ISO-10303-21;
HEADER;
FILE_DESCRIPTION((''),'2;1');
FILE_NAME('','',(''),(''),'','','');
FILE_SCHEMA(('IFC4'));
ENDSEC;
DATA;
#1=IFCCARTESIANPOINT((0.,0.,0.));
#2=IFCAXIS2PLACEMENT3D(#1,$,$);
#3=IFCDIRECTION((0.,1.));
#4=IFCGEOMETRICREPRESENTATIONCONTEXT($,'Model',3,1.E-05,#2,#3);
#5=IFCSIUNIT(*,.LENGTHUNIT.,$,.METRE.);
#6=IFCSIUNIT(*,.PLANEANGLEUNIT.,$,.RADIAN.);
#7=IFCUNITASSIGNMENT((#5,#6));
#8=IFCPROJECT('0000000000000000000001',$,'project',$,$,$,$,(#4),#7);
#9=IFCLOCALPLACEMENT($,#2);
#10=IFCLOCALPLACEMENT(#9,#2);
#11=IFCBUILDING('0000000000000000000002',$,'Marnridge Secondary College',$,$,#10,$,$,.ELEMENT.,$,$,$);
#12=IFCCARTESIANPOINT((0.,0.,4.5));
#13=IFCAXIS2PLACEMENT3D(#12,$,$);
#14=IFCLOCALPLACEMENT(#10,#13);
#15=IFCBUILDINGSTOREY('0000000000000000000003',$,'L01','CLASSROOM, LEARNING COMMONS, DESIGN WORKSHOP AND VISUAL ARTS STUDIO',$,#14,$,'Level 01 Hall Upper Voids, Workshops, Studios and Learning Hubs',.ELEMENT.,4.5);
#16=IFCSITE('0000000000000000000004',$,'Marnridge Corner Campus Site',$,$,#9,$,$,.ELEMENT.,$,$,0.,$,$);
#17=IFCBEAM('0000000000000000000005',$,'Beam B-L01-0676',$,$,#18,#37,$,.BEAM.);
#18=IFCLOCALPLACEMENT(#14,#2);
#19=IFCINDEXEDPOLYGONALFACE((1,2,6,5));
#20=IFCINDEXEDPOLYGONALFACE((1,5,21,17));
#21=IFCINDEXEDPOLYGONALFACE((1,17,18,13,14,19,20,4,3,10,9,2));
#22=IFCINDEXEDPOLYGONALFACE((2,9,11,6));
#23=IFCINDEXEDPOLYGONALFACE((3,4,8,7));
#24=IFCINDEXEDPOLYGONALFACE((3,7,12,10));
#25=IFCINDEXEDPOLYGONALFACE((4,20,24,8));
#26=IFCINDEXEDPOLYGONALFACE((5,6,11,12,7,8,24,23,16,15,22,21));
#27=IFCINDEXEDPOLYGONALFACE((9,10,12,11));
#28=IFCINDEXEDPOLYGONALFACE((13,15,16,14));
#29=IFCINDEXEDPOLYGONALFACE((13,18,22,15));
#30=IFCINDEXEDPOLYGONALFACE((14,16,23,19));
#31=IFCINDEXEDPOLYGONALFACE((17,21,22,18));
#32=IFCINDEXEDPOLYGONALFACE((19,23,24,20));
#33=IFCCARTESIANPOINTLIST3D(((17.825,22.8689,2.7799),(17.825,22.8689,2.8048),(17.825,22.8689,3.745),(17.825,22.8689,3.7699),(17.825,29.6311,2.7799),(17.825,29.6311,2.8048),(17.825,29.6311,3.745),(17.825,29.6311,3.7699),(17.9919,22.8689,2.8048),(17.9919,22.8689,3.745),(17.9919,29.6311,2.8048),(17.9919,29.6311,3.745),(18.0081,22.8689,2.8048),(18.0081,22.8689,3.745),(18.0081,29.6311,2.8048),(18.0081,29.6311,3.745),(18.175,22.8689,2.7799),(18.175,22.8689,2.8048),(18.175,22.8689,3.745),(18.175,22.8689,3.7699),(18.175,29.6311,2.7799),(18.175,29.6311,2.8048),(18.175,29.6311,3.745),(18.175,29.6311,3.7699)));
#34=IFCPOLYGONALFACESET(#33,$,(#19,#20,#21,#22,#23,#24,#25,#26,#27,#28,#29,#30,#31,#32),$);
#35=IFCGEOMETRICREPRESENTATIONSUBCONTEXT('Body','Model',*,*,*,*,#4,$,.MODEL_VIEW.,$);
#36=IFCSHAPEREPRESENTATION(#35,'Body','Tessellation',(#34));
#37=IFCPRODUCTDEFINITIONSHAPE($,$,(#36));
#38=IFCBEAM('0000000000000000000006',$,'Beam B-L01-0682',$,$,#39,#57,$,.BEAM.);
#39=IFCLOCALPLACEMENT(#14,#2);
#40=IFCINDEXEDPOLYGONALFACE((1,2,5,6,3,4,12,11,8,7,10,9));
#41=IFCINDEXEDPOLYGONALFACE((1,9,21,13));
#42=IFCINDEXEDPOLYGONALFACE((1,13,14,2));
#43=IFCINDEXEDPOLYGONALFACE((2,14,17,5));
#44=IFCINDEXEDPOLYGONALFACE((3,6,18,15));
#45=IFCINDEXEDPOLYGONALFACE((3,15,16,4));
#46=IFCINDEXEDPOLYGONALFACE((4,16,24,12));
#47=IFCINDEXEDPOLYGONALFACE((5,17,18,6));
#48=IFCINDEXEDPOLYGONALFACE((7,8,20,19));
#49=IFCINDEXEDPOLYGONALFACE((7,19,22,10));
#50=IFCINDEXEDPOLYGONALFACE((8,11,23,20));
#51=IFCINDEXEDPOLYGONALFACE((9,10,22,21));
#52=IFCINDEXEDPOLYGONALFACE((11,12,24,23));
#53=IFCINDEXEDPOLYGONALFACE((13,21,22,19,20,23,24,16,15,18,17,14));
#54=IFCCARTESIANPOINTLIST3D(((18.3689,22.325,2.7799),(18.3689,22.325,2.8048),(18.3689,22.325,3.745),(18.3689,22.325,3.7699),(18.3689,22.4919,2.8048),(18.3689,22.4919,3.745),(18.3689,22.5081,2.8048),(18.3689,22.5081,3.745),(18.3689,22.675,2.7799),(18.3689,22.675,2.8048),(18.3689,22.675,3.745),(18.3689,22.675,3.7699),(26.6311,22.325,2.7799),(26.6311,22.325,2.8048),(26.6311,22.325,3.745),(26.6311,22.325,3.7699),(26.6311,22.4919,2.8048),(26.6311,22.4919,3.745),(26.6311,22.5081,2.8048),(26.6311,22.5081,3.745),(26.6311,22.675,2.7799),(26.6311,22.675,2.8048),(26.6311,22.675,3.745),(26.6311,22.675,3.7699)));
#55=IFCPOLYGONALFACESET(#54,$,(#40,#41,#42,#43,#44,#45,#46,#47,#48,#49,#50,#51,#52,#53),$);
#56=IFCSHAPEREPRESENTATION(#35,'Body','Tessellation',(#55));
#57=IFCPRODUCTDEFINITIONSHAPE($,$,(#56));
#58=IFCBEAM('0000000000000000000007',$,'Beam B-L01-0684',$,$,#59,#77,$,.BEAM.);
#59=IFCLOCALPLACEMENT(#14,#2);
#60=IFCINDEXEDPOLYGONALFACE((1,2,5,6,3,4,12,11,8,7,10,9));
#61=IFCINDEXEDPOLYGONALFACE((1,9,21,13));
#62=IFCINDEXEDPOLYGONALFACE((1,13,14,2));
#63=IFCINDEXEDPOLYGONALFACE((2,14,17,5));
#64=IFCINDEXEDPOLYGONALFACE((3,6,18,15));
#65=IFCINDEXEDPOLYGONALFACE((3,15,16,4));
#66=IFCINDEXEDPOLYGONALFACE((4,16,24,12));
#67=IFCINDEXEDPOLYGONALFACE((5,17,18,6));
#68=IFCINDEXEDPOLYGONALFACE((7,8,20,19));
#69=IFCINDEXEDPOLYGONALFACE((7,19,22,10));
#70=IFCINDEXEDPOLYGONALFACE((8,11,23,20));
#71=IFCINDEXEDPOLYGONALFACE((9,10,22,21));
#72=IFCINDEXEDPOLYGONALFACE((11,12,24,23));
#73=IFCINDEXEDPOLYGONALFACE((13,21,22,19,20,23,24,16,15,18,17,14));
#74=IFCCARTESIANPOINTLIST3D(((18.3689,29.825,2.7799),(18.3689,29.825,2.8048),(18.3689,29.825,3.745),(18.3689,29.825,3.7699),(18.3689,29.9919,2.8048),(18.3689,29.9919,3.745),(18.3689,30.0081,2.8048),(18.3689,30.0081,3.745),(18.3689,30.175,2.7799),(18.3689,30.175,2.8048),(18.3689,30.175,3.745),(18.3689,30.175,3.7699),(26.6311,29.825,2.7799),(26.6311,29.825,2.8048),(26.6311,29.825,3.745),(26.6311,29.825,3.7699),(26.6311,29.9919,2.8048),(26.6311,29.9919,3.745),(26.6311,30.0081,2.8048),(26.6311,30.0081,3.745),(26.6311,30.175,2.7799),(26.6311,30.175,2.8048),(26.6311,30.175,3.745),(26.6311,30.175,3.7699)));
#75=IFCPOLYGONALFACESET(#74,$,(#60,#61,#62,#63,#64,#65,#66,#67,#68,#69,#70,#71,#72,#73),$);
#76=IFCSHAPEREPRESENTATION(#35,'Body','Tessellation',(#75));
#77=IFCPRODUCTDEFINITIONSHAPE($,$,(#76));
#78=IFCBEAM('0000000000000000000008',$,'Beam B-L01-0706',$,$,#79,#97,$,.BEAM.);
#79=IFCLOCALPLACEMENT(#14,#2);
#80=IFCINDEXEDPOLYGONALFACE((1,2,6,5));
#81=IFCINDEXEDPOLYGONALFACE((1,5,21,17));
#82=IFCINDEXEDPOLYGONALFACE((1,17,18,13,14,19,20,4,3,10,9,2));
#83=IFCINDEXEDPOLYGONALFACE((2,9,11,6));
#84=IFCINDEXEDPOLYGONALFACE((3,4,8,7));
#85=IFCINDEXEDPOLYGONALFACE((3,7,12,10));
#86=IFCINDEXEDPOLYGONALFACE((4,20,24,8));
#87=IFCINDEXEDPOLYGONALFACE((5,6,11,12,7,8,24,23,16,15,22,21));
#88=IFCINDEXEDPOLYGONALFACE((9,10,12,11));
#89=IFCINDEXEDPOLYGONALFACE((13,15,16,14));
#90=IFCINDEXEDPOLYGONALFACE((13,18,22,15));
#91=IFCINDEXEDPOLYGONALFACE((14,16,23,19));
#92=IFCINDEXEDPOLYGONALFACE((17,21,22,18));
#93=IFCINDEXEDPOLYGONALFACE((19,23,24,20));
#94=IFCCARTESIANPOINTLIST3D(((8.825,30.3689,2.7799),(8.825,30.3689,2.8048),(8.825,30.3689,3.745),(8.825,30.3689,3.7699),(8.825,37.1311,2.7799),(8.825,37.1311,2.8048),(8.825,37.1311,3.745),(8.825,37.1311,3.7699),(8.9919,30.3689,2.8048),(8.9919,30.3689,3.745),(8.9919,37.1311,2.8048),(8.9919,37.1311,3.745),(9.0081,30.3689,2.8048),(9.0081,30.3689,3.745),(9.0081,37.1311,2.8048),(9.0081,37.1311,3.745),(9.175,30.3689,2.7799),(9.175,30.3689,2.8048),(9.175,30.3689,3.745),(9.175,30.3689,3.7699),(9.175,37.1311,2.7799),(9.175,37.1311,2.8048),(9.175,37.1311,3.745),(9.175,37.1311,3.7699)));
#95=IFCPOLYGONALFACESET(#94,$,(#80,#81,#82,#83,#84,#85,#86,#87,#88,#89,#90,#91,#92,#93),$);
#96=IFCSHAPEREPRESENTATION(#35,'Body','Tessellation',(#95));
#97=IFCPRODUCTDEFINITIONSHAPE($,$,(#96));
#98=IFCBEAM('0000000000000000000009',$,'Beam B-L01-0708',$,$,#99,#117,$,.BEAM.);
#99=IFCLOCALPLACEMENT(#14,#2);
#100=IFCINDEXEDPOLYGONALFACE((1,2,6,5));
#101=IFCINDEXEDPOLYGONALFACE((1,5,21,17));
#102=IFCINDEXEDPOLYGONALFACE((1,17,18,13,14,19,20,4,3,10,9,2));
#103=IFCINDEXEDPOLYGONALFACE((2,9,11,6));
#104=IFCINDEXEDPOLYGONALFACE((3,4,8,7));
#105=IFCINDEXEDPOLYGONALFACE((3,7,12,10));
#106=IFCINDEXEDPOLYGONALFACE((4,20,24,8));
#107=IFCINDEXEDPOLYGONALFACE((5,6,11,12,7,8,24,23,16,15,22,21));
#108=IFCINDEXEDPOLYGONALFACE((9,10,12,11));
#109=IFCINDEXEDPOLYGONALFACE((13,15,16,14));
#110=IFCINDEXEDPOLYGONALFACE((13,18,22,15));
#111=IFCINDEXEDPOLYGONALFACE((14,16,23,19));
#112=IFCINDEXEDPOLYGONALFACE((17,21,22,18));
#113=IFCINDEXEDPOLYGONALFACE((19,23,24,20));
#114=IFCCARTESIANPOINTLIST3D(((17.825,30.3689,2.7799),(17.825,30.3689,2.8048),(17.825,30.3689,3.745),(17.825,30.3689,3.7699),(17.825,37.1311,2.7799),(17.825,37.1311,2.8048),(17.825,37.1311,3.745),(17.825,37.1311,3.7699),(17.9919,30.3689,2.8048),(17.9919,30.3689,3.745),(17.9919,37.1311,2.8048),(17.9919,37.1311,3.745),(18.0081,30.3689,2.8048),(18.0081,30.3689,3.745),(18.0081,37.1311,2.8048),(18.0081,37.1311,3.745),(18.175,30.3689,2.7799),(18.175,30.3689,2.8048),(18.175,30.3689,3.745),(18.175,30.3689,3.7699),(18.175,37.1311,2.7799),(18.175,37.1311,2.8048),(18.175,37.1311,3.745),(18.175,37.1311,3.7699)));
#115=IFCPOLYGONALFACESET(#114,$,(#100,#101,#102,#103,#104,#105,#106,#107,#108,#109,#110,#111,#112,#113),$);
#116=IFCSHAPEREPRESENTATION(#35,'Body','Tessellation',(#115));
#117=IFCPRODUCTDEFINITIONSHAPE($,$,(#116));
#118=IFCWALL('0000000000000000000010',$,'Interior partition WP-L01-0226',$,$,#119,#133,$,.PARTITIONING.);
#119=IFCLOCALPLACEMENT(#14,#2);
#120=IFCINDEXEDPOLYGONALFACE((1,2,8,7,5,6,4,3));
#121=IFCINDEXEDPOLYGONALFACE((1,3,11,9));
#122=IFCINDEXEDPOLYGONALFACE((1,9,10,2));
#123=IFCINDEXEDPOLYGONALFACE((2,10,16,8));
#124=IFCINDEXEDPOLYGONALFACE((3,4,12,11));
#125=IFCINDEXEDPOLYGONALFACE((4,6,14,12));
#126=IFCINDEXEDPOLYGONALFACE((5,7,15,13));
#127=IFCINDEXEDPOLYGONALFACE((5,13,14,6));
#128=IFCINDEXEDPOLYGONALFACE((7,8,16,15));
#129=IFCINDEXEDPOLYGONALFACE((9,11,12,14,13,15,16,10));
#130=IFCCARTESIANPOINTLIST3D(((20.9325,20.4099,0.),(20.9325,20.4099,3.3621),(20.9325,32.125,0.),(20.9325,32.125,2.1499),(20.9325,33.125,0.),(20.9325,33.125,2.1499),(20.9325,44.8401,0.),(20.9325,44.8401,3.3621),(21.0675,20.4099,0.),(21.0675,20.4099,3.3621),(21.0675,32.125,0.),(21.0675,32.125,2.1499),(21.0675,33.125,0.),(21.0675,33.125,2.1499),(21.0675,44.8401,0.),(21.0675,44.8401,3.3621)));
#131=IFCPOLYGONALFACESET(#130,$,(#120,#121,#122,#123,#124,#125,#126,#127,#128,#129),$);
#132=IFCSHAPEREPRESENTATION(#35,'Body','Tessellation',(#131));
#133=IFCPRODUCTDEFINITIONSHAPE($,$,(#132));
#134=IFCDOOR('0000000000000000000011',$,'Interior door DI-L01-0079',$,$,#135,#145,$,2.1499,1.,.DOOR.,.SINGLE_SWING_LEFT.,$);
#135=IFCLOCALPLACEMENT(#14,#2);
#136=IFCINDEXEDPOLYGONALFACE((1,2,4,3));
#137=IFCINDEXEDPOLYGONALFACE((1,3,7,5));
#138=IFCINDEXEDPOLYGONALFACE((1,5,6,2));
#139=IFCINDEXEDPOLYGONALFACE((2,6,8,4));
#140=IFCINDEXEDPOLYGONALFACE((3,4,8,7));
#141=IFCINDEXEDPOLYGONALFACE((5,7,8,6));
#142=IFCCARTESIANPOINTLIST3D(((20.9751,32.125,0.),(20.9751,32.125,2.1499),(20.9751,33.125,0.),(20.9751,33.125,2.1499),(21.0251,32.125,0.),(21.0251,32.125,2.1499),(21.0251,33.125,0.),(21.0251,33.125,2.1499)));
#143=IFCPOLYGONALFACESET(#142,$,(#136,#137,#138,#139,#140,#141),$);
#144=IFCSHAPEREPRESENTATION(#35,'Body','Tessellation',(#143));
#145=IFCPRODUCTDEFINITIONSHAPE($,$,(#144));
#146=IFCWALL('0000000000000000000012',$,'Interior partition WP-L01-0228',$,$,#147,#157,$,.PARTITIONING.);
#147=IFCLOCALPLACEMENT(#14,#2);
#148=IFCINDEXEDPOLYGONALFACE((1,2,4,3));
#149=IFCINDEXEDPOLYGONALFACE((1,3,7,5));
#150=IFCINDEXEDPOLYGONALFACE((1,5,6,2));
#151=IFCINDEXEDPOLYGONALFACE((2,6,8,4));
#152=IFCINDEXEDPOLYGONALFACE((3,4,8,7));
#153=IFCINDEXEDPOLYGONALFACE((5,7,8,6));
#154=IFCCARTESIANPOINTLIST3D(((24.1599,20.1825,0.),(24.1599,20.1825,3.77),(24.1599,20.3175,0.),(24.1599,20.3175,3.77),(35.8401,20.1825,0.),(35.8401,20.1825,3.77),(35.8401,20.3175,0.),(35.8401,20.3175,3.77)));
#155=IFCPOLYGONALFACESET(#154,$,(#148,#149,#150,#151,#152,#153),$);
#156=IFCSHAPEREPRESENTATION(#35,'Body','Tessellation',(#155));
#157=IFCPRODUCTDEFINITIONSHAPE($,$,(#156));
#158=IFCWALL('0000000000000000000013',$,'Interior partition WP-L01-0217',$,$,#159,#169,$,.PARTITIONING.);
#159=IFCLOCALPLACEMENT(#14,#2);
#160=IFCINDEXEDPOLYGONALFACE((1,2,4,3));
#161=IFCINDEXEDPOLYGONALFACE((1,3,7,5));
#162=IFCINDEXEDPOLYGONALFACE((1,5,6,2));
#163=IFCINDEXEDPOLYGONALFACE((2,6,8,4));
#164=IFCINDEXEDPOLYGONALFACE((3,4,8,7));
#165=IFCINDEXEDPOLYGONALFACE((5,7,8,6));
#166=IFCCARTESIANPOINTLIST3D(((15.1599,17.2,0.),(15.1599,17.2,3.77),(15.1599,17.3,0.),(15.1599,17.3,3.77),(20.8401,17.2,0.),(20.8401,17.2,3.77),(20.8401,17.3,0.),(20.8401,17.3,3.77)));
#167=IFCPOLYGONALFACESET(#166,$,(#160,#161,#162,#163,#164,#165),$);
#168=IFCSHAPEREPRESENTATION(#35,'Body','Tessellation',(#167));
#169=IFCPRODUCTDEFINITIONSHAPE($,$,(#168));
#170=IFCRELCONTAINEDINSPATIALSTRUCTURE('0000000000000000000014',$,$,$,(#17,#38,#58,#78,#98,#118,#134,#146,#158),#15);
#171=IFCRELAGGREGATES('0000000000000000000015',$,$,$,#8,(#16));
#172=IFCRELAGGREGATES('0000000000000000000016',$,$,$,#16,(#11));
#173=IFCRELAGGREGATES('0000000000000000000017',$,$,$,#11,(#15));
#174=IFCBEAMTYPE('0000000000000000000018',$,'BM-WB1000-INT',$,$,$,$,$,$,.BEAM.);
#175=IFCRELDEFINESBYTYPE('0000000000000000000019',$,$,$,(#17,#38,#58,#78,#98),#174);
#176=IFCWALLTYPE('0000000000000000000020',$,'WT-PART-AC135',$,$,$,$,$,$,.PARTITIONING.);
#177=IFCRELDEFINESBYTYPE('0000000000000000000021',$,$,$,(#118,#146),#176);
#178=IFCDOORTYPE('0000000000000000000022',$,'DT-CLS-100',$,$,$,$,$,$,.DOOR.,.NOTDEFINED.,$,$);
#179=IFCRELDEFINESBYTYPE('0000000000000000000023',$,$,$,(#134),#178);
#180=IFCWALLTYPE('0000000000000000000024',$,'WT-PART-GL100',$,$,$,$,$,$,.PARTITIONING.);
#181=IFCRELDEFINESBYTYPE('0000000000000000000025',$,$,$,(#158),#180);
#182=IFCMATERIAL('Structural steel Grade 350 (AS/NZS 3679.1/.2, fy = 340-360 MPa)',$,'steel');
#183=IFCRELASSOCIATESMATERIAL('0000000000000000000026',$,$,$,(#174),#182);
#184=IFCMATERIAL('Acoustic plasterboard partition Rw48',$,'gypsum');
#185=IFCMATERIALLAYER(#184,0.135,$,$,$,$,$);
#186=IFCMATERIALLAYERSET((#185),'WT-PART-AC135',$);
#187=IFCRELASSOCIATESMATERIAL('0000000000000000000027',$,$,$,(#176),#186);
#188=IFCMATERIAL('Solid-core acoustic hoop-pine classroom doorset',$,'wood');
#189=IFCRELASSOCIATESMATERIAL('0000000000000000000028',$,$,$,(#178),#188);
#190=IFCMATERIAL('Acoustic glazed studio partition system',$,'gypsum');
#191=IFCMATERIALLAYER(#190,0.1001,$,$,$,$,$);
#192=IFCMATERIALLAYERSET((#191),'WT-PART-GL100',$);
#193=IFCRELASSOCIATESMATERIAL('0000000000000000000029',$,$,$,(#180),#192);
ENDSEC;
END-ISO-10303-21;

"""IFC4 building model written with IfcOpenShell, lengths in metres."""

from ifc_helpers import new_model, si_unit, direction, frame, frame_2d, origin, origin_2d, place, context, subcontext, project, spatial, rectangle, i_section, extrude, material, layer, layer_set, material_profile, profile_set, type_object, element, fill, save


model = new_model("IFC4")

# Units and contexts
model_context = context("Model", 3, precision=1e-05, world=origin(), true_north=direction((0.0, 1.0)))
body_context = subcontext(model_context, "Body", "Model", "MODEL_VIEW")
ifc_project = project(units=[si_unit("LENGTHUNIT", "METRE"), si_unit("PLANEANGLEUNIT", "RADIAN")], contexts=[model_context])

# Site, building, storey
site_placement = place(None, origin())
site = spatial("IfcSite", under=ifc_project, at=site_placement, Name="Marnridge Corner Campus Site", CompositionType="ELEMENT", RefElevation=0.0)
building_placement = place(site_placement, origin())
building = spatial("IfcBuilding", under=site, at=building_placement, Name="Marnridge Secondary College", CompositionType="ELEMENT")
storey_placement = place(building_placement, frame((0.0, 0.0, 4.5)))
storey = spatial("IfcBuildingStorey", under=building, at=storey_placement, Name="L01", Description="CLASSROOM, LEARNING COMMONS, DESIGN WORKSHOP AND VISUAL ARTS STUDIO", LongName="Level 01 Hall Upper Voids, Workshops, Studios and Learning Hubs", CompositionType="ELEMENT", Elevation=4.5)

# Beams
ifc_material_1 = material(Name="Structural steel Grade 350 (AS/NZS 3679.1/.2, fy = 340-360 MPa)", Category="steel")
ifc_material_profile_1 = material_profile(ifc_material_1, i_section(OverallWidth=0.3501, OverallDepth=0.99, WebThickness=0.0161, FlangeThickness=0.0249, at=origin_2d()), Name="1000WB258")
ifc_profile_set_1 = profile_set([ifc_material_profile_1], Name="Structural steel Grade 350 (AS/NZS 3679.1/.2, fy = 340-360 MPa)")
beam_type_1 = type_object("IfcBeamType", Name="BM-WB1000-INT", PredefinedType="BEAM", material=ifc_profile_set_1)
beam_1_placement = place(storey_placement, frame((18.0, 22.8689, 3.2749), z_axis=(0.0, 1.0, 0.0), x_axis=(-1.0, 0.0, 0.0)))
element("IfcBeam", 1, at=beam_1_placement, inside=storey, type_object=beam_type_1, Name="Beam B-L01-0676", PredefinedType="BEAM", context=body_context, shape_type="SweptSolid", body=[
    extrude(i_section(OverallWidth=0.3501, OverallDepth=0.99, WebThickness=0.0161, FlangeThickness=0.0249, at=origin_2d()), origin(), (0.0, 0.0, 1.0), 6.7622),
])
for number, where, z_axis, x_axis, name in (
    (2, (18.3689, 22.5, 3.2749), (1.0, 0.0, 0.0), (0.0, 1.0, 0.0), "Beam B-L01-0682"),
    (3, (18.3689, 30.0, 3.2749), (1.0, 0.0, 0.0), (0.0, 1.0, 0.0), "Beam B-L01-0684"),
):
    element("IfcBeam", number, at=place(storey_placement, frame(where, z_axis=z_axis, x_axis=x_axis)), inside=storey, type_object=beam_type_1, Name=name, PredefinedType="BEAM", context=body_context, shape_type="SweptSolid", body=[
        extrude(i_section(OverallWidth=0.3501, OverallDepth=0.99, WebThickness=0.0161, FlangeThickness=0.0249, at=origin_2d()), origin(), (0.0, 0.0, 1.0), 8.2622),
    ])
for number, where, z_axis, x_axis, name in (
    (4, (9.0, 30.3689, 3.2749), (0.0, 1.0, 0.0), (-1.0, 0.0, 0.0), "Beam B-L01-0706"),
    (5, (18.0, 30.3689, 3.2749), (0.0, 1.0, 0.0), (-1.0, 0.0, 0.0), "Beam B-L01-0708"),
):
    element("IfcBeam", number, at=place(storey_placement, frame(where, z_axis=z_axis, x_axis=x_axis)), inside=storey, type_object=beam_type_1, Name=name, PredefinedType="BEAM", context=body_context, shape_type="SweptSolid", body=[
        extrude(i_section(OverallWidth=0.3501, OverallDepth=0.99, WebThickness=0.0161, FlangeThickness=0.0249, at=origin_2d()), origin(), (0.0, 0.0, 1.0), 6.7622),
    ])

# Wall, opening, door
ifc_material_2 = material(Name="Acoustic plasterboard partition Rw48", Category="gypsum")
ifc_layer_1 = layer(ifc_material_2, 0.135)
ifc_layer_set_1 = layer_set([ifc_layer_1], Name="WT-PART-AC135")
wall_type_1 = type_object("IfcWallType", Name="WT-PART-AC135", PredefinedType="PARTITIONING", material=ifc_layer_set_1)
wall_1_placement = place(storey_placement, frame((21.0, 20.4099, 0.0), z_axis=(0.0, 0.0, 1.0), x_axis=(0.0, 1.0, 0.0)))
wall_1 = element("IfcWall", 6, at=wall_1_placement, inside=storey, type_object=wall_type_1, Name="Interior partition WP-L01-0226", PredefinedType="PARTITIONING", context=body_context, shape_type="SweptSolid", body=[
    extrude(rectangle(XDim=24.4302, YDim=0.135, at=frame_2d((12.2151, 0.0))), origin(), (0.0, 0.0, 1.0), 3.3621),
])
opening_placement = place(wall_1_placement, frame((11.7151, 0.0, 0.0)))
opening = element("IfcOpeningElement", 7, at=opening_placement, cuts=wall_1, PredefinedType="OPENING", context=body_context, shape_type="SweptSolid", body=[
    extrude(rectangle(XDim=1.0, YDim=2.1499, at=frame_2d((0.5, 1.075))), frame((0.0, 0.0774, 0.0), z_axis=(0.0, -1.0, 0.0), x_axis=(1.0, 0.0, 0.0)), (0.0, 0.0, 1.0), 0.155),
])
ifc_material_3 = material(Name="Solid-core acoustic hoop-pine classroom doorset", Category="wood")
door_type = type_object("IfcDoorType", Name="DT-CLS-100", OperationType="NOTDEFINED", PredefinedType="DOOR", material=ifc_material_3)
door_placement = place(opening_placement, origin())
door = element("IfcDoor", 8, at=door_placement, inside=storey, type_object=door_type, Name="Interior door DI-L01-0079", OperationType="SINGLE_SWING_LEFT", OverallHeight=2.1499, OverallWidth=1.0, PredefinedType="DOOR", context=body_context, shape_type="SweptSolid", body=[
    extrude(rectangle(XDim=1.0, YDim=2.1499, at=frame_2d((0.5, 1.075))), frame((0.0, 0.0249, 0.0), z_axis=(0.0, -1.0, 0.0), x_axis=(1.0, 0.0, 0.0)), (0.0, 0.0, 1.0), 0.05),
])
fill(opening, door)

# Walls
wall_2_placement = place(storey_placement, frame((24.1599, 20.25, 0.0), z_axis=(0.0, 0.0, 1.0), x_axis=(1.0, 0.0, 0.0)))
element("IfcWall", 9, at=wall_2_placement, inside=storey, type_object=wall_type_1, Name="Interior partition WP-L01-0228", PredefinedType="PARTITIONING", context=body_context, shape_type="SweptSolid", body=[
    extrude(rectangle(XDim=11.6802, YDim=0.135, at=frame_2d((5.8401, 0.0))), origin(), (0.0, 0.0, 1.0), 3.77),
])
ifc_material_4 = material(Name="Acoustic glazed studio partition system", Category="gypsum")
ifc_layer_2 = layer(ifc_material_4, 0.1001)
ifc_layer_set_2 = layer_set([ifc_layer_2], Name="WT-PART-GL100")
wall_type_2 = type_object("IfcWallType", Name="WT-PART-GL100", PredefinedType="PARTITIONING", material=ifc_layer_set_2)
wall_3_placement = place(storey_placement, frame((20.8401, 17.25, 0.0), z_axis=(0.0, 0.0, 1.0), x_axis=(-1.0, 0.0, 0.0)))
element("IfcWall", 10, at=wall_3_placement, inside=storey, type_object=wall_type_2, Name="Interior partition WP-L01-0217", PredefinedType="PARTITIONING", context=body_context, shape_type="SweptSolid", body=[
    extrude(rectangle(XDim=5.6802, YDim=0.1001, at=frame_2d((2.8401, 0.0))), origin(), (0.0, 0.0, 1.0), 3.77),
])

save(model, "model.ifc")
